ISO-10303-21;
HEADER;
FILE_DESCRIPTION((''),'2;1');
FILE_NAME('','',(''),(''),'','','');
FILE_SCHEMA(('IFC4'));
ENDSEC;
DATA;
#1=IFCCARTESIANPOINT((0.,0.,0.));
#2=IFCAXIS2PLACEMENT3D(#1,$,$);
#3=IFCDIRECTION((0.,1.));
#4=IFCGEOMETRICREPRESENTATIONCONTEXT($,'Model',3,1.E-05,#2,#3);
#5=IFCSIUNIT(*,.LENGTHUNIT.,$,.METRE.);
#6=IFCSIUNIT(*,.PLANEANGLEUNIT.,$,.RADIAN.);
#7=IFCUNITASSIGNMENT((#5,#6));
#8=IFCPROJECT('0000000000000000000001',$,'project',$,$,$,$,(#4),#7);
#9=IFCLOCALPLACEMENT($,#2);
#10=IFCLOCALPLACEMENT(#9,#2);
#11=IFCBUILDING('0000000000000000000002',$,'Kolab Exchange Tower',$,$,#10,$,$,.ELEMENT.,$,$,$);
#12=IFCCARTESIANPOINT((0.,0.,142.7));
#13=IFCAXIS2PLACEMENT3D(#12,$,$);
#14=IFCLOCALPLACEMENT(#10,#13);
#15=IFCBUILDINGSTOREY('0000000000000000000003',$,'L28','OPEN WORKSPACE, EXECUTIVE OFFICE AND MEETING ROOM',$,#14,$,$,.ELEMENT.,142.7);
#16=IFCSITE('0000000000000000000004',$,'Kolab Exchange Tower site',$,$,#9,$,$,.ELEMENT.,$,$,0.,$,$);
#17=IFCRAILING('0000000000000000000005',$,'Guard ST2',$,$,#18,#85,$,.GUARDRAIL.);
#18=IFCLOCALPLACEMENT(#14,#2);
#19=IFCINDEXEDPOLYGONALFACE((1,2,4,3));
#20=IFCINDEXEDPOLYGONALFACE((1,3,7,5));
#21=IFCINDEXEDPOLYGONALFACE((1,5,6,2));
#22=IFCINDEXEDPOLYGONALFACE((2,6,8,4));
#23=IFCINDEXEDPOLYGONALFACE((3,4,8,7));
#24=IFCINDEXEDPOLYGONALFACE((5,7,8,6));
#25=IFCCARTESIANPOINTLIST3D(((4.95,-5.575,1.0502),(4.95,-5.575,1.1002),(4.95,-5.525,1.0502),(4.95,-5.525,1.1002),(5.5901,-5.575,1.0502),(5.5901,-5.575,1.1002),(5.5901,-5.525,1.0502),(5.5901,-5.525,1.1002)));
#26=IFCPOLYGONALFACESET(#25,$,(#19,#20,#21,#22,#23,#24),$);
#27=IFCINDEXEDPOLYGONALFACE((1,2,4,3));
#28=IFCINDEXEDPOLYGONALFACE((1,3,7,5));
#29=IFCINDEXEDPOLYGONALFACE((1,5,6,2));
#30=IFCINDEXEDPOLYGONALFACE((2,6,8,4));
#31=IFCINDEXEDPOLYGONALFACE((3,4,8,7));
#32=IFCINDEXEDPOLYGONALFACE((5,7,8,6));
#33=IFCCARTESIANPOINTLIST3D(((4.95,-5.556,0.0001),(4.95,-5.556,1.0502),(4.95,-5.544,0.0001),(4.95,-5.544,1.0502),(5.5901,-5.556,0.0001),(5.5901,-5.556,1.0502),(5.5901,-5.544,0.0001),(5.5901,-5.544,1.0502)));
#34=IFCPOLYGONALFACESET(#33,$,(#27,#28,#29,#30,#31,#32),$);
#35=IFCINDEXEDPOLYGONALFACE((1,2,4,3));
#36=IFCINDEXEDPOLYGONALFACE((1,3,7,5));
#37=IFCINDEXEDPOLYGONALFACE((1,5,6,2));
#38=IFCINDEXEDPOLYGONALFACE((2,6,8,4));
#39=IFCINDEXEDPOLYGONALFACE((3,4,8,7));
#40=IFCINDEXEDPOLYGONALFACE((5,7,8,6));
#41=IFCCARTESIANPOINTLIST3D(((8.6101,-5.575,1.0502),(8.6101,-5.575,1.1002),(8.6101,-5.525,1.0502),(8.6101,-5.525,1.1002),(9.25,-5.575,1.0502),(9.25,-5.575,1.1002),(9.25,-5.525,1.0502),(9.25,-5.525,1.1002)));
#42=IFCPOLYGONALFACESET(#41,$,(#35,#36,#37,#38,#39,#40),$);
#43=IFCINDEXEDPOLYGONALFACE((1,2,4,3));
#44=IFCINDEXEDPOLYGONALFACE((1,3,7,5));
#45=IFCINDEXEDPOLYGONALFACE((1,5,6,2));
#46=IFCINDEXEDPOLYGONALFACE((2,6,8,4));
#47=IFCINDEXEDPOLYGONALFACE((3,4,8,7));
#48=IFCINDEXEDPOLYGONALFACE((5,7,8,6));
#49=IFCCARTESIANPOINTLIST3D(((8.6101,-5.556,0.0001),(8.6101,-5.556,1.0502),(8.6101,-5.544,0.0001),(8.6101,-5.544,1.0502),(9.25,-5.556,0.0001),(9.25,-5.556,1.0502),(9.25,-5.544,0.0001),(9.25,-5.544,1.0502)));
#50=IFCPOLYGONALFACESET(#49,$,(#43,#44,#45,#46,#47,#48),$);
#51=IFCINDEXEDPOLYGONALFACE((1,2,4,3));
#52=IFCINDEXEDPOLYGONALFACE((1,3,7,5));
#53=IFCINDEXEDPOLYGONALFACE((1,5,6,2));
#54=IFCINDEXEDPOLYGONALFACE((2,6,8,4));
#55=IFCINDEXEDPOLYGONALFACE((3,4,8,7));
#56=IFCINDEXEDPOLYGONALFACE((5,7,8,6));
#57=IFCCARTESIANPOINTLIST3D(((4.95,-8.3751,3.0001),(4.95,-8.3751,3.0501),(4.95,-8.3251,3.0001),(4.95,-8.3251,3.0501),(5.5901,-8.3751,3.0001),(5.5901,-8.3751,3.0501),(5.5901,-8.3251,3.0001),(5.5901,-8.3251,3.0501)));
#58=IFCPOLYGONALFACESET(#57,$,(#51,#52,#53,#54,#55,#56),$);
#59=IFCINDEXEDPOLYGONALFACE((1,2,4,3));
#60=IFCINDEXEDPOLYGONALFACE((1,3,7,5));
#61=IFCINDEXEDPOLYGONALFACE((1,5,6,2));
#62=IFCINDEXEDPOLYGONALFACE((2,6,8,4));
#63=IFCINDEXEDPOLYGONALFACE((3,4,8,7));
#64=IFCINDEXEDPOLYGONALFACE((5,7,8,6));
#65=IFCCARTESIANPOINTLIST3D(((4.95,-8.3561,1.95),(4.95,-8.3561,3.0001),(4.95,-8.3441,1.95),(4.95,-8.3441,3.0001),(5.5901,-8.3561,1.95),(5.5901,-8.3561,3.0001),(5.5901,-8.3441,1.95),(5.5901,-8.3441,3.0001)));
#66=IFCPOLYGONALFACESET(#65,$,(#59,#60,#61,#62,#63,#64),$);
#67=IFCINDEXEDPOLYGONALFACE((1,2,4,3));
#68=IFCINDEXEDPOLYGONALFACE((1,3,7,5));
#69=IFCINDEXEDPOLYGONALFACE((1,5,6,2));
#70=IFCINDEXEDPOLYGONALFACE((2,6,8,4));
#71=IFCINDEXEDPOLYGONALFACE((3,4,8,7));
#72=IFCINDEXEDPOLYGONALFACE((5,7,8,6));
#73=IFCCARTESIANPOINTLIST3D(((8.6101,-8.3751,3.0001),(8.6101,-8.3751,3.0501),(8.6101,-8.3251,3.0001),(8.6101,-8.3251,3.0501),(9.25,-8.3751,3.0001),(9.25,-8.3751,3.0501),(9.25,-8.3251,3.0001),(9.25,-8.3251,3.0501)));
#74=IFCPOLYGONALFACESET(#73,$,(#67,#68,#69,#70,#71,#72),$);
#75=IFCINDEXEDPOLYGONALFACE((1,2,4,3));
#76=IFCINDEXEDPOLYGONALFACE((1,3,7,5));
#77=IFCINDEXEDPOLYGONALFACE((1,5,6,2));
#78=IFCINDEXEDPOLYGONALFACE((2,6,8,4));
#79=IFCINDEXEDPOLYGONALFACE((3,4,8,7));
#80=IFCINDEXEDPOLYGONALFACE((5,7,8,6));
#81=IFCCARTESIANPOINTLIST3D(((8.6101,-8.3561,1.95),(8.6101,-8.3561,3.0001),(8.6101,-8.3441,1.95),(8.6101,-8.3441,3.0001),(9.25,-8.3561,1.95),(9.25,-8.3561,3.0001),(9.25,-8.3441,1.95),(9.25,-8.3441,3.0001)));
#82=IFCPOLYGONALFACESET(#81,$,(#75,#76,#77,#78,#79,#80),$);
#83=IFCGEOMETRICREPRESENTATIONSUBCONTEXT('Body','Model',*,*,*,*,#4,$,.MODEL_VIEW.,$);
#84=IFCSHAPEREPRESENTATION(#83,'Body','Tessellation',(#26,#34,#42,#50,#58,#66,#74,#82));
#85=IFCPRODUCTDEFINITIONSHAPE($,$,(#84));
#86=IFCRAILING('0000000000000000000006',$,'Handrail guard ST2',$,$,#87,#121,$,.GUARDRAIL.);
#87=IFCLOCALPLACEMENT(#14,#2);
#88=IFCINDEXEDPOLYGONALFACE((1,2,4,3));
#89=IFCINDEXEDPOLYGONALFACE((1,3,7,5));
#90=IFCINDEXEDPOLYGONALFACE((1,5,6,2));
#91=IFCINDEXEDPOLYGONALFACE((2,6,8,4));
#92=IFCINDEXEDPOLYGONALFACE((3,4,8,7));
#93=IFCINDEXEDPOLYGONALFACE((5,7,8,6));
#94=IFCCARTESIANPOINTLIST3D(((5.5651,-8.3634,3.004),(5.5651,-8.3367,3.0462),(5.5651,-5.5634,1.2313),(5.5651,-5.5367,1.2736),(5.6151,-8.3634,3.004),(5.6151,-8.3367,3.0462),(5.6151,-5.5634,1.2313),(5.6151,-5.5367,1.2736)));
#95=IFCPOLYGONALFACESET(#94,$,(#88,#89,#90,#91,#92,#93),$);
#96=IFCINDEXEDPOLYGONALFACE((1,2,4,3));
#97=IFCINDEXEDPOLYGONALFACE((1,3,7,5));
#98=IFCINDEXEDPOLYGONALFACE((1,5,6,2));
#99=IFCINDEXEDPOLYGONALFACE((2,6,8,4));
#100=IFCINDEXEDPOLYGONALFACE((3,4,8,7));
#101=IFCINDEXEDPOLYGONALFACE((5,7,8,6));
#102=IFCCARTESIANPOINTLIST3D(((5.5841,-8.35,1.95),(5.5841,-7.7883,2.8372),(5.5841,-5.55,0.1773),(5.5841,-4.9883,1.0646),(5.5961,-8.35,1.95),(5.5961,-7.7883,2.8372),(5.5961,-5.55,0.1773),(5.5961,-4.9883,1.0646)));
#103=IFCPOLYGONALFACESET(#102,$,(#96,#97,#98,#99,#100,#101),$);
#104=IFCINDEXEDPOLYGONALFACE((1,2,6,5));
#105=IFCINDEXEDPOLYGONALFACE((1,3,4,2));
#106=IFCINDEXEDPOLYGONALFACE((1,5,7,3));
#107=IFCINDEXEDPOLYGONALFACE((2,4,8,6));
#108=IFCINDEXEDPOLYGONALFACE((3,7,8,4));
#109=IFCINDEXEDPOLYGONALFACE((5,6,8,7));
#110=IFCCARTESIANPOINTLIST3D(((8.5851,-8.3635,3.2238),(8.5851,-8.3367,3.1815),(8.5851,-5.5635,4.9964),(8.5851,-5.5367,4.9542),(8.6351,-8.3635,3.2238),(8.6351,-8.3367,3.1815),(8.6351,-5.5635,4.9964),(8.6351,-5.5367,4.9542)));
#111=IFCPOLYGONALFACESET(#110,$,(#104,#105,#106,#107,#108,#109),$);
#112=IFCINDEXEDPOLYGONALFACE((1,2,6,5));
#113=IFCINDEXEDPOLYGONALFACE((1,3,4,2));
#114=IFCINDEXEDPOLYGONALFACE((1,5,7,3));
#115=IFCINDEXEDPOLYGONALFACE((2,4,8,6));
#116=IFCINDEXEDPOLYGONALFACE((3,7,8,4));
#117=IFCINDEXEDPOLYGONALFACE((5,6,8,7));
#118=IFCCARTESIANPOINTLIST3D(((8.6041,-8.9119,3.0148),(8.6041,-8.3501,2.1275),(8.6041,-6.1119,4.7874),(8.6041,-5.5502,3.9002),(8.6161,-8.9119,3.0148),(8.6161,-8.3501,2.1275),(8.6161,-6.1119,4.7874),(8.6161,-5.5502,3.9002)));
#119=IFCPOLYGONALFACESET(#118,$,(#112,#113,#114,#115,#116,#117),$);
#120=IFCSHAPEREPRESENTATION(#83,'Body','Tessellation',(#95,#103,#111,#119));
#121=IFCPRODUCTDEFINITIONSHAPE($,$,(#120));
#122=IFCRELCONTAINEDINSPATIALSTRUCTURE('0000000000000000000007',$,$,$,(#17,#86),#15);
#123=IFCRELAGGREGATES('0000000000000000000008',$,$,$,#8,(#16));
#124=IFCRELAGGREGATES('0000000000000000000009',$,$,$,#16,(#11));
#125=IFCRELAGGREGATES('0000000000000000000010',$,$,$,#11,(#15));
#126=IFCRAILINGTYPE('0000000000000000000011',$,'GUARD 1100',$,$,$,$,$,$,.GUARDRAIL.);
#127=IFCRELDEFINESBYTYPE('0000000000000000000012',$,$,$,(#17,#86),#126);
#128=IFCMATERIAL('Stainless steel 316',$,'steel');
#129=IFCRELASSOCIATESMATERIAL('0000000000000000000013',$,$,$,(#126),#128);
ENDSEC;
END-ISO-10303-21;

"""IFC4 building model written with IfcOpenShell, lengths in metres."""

from ifc_helpers import new_model, si_unit, direction, frame, frame_2d, origin, origin_2d, place, context, subcontext, project, spatial, rectangle, extrude, material, type_object, element, save


model = new_model("IFC4")

# Units and contexts
model_context = context("Model", 3, precision=1e-05, world=origin(), true_north=direction((0.0, 1.0)))
body_context = subcontext(model_context, "Body", "Model", "MODEL_VIEW")
ifc_project = project(units=[si_unit("LENGTHUNIT", "METRE"), si_unit("PLANEANGLEUNIT", "RADIAN")], contexts=[model_context])

# Site, building, storey
site_placement = place(None, origin())
site = spatial("IfcSite", under=ifc_project, at=site_placement, Name="Kolab Exchange Tower site", CompositionType="ELEMENT", RefElevation=0.0)
building_placement = place(site_placement, origin())
building = spatial("IfcBuilding", under=site, at=building_placement, Name="Kolab Exchange Tower", CompositionType="ELEMENT")
storey_placement = place(building_placement, frame((0.0, 0.0, 142.7)))
storey = spatial("IfcBuildingStorey", under=building, at=storey_placement, Name="L28", Description="OPEN WORKSPACE, EXECUTIVE OFFICE AND MEETING ROOM", CompositionType="ELEMENT", Elevation=142.7)

# Shared definitions
ifc_material_1 = material(Name="Stainless steel 316", Category="steel")

# Railings
railing_type = type_object("IfcRailingType", Name="GUARD 1100", PredefinedType="GUARDRAIL", material=ifc_material_1)
railing_1_placement = place(storey_placement, frame((4.95, -5.55, 0.0)))
element("IfcRailing", 1, at=railing_1_placement, inside=storey, type_object=railing_type, Name="Guard ST2", PredefinedType="GUARDRAIL", context=body_context, shape_type="SweptSolid", body=[
    extrude(rectangle(XDim=0.05, YDim=0.05, at=origin_2d()), frame((0.0, 0.0, 1.0752), z_axis=(1.0, 0.0, 0.0), x_axis=(0.0, 1.0, 0.0)), (0.0, 0.0, 1.0), 0.6401),
    extrude(rectangle(XDim=0.012, YDim=1.0501, at=frame_2d((0.0, 0.5251))), frame((0.0, 0.0, 0.0), z_axis=(1.0, 0.0, 0.0), x_axis=(0.0, 1.0, 0.0)), (0.0, 0.0, 1.0), 0.6401),
    extrude(rectangle(XDim=0.05, YDim=0.05, at=origin_2d()), frame((3.6602, 0.0, 1.0752), z_axis=(1.0, 0.0, 0.0), x_axis=(0.0, 1.0, 0.0)), (0.0, 0.0, 1.0), 0.6399),
    extrude(rectangle(XDim=0.012, YDim=1.0501, at=frame_2d((0.0, 0.5251))), frame((3.6602, 0.0, 0.0), z_axis=(1.0, 0.0, 0.0), x_axis=(0.0, 1.0, 0.0)), (0.0, 0.0, 1.0), 0.6399),
    extrude(rectangle(XDim=0.05, YDim=0.05, at=origin_2d()), frame((0.0, -2.8, 3.0251), z_axis=(1.0, 0.0, 0.0), x_axis=(0.0, 1.0, 0.0)), (0.0, 0.0, 1.0), 0.6401),
    extrude(rectangle(XDim=0.012, YDim=1.0501, at=frame_2d((0.0, 0.5251))), frame((0.0, -2.8, 1.95), z_axis=(1.0, 0.0, 0.0), x_axis=(0.0, 1.0, 0.0)), (0.0, 0.0, 1.0), 0.6401),
    extrude(rectangle(XDim=0.05, YDim=0.05, at=origin_2d()), frame((3.6602, -2.8, 3.0251), z_axis=(1.0, 0.0, 0.0), x_axis=(0.0, 1.0, 0.0)), (0.0, 0.0, 1.0), 0.6399),
    extrude(rectangle(XDim=0.012, YDim=1.0501, at=frame_2d((0.0, 0.5251))), frame((3.6602, -2.8, 1.95), z_axis=(1.0, 0.0, 0.0), x_axis=(0.0, 1.0, 0.0)), (0.0, 0.0, 1.0), 0.6399),
])
railing_2_placement = place(storey_placement, frame((5.5901, -5.55, 0.1772)))
element("IfcRailing", 2, at=railing_2_placement, inside=storey, type_object=railing_type, Name="Handrail guard ST2", PredefinedType="GUARDRAIL", context=body_context, shape_type="SweptSolid", body=[
    extrude(rectangle(XDim=0.05, YDim=0.05, at=origin_2d()), frame((0.0, 0.0, 1.0752), z_axis=(0.0, -0.844909, 0.53491), x_axis=(1.0, 0.0, 0.0)), (0.0, 0.0, 1.0), 3.314),
    extrude(rectangle(XDim=0.012, YDim=1.0501, at=frame_2d((0.0, 0.5251))), frame((0.0, 0.0, 0.0), z_axis=(0.0, -0.844909, 0.53491), x_axis=(1.0, 0.0, 0.0)), (0.0, 0.0, 1.0), 3.314),
    extrude(rectangle(XDim=0.05, YDim=0.05, at=origin_2d()), frame((3.02, -2.8, 3.0254), z_axis=(0.0, 0.844909, 0.53491), x_axis=(-1.0, 0.0, 0.0)), (0.0, 0.0, 1.0), 3.314),
    extrude(rectangle(XDim=0.012, YDim=1.0501, at=frame_2d((0.0, 0.5251))), frame((3.02, -2.8, 1.9502), z_axis=(0.0, 0.844909, 0.53491), x_axis=(-1.0, 0.0, 0.0)), (0.0, 0.0, 1.0), 3.314),
])

save(model, "model.ifc")
